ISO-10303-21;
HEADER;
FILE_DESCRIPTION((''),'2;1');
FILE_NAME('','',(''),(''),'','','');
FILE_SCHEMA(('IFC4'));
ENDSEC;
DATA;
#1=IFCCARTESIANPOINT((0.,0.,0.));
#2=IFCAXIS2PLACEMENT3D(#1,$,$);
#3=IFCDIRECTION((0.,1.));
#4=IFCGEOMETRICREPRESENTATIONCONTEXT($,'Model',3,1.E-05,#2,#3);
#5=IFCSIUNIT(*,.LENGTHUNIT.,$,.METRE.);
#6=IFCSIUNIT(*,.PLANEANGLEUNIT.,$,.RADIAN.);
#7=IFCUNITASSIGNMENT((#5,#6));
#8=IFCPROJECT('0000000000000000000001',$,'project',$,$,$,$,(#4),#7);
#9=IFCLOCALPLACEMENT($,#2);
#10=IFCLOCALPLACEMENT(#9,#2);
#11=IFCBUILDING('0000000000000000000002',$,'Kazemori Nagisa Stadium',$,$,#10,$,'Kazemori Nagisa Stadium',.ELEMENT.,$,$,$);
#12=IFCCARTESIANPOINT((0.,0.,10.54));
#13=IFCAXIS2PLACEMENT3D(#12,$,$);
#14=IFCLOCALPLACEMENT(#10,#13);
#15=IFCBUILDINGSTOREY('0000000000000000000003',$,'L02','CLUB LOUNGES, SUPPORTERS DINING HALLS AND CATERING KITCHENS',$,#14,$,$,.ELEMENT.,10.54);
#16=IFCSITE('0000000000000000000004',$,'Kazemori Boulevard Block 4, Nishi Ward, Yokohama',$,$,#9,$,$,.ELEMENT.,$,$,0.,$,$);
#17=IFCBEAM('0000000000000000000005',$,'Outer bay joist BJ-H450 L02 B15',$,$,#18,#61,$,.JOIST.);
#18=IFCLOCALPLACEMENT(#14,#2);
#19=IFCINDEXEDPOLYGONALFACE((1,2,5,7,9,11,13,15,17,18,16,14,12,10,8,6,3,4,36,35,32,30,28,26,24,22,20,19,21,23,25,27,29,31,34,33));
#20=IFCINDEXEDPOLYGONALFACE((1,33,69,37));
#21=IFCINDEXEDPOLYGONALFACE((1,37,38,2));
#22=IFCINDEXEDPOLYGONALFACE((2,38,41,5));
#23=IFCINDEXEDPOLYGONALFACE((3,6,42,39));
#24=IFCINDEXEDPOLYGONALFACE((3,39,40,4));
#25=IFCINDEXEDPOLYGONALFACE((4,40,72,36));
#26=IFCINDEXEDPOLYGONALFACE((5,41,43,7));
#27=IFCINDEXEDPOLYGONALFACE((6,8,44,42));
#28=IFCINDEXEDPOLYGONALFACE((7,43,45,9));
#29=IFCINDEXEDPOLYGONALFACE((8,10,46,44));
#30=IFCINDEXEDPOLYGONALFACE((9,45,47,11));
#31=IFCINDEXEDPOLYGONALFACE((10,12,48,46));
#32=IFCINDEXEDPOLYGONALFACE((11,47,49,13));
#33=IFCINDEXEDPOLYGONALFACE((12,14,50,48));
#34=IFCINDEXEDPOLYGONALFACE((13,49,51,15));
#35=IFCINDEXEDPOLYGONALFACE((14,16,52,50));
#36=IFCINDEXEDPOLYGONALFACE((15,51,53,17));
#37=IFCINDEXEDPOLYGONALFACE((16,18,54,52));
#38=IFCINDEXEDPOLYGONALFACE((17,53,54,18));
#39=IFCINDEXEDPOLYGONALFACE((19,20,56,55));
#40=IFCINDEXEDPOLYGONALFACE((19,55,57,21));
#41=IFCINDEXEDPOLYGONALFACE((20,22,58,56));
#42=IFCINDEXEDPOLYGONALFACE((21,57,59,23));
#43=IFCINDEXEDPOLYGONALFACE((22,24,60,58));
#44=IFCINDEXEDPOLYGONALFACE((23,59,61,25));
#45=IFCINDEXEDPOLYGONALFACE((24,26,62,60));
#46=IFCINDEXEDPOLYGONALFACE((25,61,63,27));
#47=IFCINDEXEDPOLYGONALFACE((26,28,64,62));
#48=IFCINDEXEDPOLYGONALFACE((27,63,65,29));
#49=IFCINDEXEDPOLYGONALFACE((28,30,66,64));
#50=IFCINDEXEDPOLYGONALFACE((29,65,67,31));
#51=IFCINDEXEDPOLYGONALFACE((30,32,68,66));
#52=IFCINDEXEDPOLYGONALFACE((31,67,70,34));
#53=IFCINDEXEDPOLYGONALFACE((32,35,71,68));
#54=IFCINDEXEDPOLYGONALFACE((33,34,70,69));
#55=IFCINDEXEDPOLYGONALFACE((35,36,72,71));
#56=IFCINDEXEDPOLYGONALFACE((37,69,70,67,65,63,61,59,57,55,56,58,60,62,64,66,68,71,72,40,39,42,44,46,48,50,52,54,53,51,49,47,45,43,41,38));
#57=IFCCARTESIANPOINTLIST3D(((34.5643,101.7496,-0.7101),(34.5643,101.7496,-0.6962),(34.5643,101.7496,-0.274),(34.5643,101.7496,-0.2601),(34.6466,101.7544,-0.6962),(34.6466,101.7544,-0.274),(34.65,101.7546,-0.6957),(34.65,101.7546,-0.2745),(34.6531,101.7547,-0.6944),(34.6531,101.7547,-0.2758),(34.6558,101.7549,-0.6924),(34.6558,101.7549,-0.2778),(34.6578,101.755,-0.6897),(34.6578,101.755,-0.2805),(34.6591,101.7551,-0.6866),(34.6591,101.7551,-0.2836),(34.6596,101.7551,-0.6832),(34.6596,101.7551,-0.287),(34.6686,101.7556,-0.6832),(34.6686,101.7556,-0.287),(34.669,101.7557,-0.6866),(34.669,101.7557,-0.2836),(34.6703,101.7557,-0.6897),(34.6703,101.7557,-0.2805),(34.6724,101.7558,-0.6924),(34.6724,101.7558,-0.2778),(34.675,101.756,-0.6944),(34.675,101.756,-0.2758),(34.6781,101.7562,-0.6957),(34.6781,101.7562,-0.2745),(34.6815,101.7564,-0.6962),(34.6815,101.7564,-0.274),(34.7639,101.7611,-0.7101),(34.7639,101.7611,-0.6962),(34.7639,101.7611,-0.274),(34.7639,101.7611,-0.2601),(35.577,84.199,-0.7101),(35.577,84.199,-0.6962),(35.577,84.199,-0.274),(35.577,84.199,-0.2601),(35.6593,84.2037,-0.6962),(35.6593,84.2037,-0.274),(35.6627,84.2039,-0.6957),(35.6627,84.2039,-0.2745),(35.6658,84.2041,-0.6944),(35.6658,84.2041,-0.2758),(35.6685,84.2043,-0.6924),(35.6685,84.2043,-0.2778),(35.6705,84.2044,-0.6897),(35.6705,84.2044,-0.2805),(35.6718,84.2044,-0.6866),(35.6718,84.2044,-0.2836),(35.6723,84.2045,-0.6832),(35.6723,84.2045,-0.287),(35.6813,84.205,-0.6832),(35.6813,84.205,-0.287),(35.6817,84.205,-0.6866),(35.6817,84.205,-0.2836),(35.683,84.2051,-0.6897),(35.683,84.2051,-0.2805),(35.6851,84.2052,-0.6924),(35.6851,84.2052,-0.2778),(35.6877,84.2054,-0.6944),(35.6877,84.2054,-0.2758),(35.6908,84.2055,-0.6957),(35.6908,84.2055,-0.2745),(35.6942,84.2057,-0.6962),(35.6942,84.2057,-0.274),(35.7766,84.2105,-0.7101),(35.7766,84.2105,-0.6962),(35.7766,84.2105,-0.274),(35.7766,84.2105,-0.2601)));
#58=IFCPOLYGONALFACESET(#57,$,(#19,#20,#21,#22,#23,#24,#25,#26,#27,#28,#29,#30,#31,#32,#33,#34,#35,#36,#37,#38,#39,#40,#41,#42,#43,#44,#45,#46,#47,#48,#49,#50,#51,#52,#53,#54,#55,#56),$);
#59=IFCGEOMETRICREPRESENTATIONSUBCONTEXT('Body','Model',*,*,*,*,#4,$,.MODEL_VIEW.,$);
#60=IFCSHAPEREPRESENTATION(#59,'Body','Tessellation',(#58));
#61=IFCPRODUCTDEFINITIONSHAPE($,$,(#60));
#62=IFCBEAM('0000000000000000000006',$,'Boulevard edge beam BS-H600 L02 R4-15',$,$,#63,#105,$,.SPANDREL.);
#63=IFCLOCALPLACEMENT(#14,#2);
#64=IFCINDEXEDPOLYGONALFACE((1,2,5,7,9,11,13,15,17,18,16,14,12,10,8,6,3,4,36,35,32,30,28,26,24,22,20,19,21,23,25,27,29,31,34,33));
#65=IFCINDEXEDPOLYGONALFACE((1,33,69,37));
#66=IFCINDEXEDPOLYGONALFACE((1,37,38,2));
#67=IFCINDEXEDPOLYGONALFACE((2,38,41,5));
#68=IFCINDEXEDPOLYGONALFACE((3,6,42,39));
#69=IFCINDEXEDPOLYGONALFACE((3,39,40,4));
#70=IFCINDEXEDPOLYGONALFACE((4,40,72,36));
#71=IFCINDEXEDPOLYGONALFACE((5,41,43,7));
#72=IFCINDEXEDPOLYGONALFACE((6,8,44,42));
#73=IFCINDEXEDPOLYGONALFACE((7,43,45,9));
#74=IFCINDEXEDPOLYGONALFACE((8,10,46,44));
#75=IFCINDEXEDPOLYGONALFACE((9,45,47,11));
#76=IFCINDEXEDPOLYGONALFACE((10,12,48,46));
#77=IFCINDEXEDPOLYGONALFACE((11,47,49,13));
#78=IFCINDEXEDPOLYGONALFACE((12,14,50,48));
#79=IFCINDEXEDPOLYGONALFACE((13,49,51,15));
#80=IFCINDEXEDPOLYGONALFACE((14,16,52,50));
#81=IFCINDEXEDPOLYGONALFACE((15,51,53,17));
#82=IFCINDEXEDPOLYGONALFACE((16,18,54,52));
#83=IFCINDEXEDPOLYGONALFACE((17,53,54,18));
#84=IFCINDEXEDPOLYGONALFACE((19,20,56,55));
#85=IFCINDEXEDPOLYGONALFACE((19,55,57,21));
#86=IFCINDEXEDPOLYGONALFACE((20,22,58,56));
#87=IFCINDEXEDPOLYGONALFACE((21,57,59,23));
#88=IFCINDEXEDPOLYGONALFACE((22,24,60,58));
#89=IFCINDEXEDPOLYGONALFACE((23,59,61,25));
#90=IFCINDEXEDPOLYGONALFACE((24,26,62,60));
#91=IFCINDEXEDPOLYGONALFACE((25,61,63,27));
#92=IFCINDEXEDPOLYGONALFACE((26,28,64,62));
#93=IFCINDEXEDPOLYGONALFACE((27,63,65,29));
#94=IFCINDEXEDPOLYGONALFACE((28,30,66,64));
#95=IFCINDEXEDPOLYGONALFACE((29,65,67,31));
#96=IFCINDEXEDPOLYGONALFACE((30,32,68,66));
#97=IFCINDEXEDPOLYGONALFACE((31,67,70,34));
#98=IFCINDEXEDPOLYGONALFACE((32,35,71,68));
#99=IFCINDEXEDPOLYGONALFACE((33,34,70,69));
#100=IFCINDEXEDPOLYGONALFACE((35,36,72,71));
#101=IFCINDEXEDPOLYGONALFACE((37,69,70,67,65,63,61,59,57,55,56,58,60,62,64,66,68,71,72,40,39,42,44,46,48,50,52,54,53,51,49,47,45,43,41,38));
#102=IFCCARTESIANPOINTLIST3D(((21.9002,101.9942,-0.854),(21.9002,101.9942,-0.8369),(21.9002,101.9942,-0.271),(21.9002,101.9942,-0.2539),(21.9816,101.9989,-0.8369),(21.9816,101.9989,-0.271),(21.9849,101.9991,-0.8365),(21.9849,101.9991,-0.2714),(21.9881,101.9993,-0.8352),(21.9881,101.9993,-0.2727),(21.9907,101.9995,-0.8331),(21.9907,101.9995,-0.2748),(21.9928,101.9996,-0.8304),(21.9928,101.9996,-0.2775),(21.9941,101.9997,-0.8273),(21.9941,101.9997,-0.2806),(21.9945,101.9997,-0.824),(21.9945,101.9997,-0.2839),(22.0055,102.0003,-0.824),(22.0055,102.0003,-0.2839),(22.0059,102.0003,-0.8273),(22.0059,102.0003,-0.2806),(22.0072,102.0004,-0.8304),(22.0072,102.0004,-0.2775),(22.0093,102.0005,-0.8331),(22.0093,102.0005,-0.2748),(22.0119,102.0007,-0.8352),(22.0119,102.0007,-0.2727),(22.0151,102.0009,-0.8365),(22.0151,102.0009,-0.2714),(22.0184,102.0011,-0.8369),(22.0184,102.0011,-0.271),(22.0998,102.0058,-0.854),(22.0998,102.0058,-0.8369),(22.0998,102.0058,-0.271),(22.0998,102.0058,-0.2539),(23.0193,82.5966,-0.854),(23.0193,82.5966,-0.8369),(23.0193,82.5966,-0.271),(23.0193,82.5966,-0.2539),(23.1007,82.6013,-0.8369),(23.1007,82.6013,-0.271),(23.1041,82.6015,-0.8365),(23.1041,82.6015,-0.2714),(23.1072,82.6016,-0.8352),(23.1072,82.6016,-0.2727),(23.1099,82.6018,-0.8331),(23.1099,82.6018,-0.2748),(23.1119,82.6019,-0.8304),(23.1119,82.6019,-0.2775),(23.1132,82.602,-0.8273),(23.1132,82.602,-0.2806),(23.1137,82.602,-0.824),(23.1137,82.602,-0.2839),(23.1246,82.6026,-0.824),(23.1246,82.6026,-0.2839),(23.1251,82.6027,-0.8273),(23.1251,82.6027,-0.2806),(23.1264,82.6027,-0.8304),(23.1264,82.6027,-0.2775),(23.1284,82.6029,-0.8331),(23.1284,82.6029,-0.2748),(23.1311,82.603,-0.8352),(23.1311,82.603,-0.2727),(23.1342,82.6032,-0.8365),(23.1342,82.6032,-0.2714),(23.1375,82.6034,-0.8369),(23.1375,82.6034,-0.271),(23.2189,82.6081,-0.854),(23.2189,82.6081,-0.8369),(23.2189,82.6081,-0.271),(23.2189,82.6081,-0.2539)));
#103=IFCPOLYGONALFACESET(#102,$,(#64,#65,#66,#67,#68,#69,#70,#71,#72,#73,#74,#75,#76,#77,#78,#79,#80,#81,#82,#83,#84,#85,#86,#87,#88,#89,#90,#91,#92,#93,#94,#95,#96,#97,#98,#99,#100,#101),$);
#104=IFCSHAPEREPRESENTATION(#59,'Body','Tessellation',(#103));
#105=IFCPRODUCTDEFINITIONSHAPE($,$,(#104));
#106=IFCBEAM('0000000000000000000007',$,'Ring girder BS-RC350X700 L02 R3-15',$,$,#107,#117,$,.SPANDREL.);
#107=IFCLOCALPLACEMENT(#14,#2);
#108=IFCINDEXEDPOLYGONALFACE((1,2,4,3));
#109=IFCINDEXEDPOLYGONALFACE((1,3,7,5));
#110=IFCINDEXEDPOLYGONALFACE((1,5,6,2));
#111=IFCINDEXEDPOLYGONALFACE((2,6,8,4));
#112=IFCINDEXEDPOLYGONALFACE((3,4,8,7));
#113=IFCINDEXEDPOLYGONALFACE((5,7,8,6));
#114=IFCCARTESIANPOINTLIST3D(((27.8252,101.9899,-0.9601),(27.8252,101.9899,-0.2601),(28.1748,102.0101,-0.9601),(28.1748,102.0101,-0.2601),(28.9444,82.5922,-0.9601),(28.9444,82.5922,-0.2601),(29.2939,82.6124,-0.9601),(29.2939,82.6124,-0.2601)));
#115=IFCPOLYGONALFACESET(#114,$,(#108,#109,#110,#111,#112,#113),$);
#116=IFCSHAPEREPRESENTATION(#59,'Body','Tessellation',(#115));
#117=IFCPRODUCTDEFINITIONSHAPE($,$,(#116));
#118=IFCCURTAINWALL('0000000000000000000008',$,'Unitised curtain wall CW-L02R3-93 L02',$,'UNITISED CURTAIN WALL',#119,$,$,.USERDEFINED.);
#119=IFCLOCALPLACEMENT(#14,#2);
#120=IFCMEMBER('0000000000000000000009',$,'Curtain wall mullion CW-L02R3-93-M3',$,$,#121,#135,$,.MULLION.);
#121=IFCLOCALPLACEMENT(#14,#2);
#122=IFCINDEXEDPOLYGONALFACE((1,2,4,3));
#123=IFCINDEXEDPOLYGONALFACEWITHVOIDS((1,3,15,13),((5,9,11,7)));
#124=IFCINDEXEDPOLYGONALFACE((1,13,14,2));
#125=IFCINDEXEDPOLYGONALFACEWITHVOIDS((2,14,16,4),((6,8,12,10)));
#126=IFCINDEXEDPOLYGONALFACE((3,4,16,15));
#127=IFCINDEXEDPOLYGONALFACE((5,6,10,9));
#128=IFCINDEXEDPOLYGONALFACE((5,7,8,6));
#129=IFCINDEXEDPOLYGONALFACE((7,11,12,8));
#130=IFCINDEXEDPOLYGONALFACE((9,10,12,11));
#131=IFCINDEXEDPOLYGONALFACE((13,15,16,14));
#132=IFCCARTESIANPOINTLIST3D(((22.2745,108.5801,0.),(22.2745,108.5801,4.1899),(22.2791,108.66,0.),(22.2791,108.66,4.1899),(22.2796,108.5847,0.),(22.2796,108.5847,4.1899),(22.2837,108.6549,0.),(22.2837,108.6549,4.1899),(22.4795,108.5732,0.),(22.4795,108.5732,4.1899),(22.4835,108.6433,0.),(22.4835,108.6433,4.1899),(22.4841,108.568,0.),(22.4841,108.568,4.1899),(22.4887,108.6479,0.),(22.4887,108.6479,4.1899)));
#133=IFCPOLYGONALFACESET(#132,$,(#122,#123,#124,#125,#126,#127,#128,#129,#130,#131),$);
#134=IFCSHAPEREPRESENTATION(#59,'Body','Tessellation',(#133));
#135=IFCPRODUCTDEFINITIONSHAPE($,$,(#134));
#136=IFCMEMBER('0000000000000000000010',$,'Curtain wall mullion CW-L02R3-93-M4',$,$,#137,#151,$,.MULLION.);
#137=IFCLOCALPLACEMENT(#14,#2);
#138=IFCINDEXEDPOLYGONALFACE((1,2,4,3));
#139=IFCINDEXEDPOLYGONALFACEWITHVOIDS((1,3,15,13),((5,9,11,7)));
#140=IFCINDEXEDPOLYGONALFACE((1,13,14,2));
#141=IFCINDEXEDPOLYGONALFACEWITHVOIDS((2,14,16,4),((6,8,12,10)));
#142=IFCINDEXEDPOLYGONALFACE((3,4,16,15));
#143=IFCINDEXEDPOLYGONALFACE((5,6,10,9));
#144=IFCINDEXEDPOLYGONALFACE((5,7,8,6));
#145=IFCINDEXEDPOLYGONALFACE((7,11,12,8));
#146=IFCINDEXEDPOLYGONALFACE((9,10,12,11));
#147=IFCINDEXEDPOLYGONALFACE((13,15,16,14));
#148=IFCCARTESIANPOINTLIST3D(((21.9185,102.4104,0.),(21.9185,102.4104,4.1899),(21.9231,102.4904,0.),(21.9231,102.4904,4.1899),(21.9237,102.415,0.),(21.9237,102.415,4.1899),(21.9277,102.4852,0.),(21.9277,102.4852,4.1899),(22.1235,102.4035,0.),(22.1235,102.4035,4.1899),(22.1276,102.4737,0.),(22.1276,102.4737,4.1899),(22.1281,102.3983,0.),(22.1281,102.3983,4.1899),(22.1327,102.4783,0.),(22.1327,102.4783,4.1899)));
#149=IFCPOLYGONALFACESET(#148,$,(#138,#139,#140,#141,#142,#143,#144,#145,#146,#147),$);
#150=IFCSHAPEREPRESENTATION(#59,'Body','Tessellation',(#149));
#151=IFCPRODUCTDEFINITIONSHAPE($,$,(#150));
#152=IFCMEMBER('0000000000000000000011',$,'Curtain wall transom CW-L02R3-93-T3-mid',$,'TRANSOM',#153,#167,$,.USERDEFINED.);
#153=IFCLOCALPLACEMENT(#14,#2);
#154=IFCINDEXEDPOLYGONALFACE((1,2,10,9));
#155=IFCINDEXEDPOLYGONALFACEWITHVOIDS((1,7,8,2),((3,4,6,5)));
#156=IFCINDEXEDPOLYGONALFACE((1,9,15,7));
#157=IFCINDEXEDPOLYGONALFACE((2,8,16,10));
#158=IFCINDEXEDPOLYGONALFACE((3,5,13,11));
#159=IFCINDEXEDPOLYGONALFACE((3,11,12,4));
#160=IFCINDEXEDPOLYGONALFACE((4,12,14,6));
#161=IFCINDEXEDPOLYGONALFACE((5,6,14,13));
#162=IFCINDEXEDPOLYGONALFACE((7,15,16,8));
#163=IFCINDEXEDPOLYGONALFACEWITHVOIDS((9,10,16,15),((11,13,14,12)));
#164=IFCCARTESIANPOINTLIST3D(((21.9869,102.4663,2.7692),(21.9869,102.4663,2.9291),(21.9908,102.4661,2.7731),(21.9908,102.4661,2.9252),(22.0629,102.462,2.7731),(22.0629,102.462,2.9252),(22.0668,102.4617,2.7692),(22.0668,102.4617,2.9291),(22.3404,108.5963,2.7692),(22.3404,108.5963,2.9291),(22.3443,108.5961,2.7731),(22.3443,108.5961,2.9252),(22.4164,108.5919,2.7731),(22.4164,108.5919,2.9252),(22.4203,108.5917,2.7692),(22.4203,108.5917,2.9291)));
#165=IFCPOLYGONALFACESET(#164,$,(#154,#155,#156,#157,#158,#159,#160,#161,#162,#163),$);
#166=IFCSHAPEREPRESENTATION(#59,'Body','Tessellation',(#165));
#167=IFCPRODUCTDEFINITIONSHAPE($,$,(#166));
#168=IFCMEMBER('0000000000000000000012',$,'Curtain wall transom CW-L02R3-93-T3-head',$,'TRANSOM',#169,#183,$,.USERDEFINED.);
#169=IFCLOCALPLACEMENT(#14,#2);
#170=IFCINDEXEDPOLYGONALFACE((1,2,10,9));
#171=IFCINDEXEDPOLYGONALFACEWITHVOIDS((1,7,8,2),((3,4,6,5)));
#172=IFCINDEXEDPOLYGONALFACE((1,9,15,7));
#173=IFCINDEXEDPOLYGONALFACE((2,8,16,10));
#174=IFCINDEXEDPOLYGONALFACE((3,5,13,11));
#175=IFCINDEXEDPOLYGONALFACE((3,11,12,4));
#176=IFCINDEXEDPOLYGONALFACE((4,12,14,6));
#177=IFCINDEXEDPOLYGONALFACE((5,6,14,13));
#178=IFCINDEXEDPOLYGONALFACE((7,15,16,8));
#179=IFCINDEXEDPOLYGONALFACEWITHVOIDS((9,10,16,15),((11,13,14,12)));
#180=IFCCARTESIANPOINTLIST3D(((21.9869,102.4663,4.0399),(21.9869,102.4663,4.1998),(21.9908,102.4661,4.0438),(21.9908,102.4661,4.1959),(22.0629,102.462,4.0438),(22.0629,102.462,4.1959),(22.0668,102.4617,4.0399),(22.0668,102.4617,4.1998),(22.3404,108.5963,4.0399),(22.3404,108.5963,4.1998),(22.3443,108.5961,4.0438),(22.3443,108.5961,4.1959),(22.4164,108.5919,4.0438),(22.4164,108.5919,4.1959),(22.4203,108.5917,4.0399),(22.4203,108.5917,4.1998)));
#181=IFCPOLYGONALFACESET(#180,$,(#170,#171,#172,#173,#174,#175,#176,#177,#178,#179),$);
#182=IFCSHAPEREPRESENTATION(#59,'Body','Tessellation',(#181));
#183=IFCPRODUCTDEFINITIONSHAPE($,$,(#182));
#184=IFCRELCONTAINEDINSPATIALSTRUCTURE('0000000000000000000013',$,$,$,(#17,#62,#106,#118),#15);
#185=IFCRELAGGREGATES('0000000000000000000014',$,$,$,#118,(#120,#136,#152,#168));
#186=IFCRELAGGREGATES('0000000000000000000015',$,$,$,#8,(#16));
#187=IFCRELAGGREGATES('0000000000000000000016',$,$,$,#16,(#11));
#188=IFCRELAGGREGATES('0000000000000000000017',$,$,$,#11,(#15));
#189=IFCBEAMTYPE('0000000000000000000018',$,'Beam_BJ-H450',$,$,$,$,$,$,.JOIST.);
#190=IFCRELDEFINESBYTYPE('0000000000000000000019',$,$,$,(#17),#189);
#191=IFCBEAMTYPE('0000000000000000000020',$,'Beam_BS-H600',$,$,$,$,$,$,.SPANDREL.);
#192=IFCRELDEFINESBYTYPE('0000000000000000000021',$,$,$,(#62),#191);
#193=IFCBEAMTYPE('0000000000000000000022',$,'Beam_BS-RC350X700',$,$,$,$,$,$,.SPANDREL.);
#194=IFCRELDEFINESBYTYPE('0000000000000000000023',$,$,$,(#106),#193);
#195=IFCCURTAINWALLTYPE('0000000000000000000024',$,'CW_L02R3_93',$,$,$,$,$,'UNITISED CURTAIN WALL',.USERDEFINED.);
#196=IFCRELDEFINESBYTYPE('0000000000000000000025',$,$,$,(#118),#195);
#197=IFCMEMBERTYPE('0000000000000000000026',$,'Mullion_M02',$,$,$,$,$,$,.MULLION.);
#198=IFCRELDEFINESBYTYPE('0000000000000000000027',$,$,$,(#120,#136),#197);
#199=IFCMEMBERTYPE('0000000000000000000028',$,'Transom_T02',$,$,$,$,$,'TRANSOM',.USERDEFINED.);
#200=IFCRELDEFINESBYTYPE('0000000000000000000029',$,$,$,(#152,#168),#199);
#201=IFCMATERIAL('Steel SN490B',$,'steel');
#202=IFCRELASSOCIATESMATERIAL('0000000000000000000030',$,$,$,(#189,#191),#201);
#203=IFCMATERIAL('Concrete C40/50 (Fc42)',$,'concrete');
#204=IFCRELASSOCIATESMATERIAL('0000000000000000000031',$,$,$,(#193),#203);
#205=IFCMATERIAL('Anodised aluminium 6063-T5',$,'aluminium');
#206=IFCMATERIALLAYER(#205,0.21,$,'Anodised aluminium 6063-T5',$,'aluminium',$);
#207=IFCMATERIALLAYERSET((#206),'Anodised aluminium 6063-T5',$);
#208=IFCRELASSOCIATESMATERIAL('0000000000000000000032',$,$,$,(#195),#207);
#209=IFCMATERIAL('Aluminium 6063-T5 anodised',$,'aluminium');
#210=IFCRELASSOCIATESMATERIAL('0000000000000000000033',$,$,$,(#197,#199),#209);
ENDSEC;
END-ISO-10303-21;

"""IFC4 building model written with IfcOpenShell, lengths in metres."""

from ifc_helpers import new_model, si_unit, direction, frame, origin, origin_2d, place, context, subcontext, project, spatial, rectangle, hollow_rectangle, i_section, extrude, material, layer, layer_set, material_profile, profile_set, type_object, element, aggregate, save


model = new_model("IFC4")

# Units and contexts
model_context = context("Model", 3, precision=1e-05, world=origin(), true_north=direction((0.0, 1.0)))
body_context = subcontext(model_context, "Body", "Model", "MODEL_VIEW")
ifc_project = project(units=[si_unit("LENGTHUNIT", "METRE"), si_unit("PLANEANGLEUNIT", "RADIAN")], contexts=[model_context])

# Site, building, storey
site_placement = place(None, origin())
site = spatial("IfcSite", under=ifc_project, at=site_placement, Name="Kazemori Boulevard Block 4, Nishi Ward, Yokohama", CompositionType="ELEMENT", RefElevation=0.0)
building_placement = place(site_placement, origin())
building = spatial("IfcBuilding", under=site, at=building_placement, Name="Kazemori Nagisa Stadium", LongName="Kazemori Nagisa Stadium", CompositionType="ELEMENT")
storey_placement = place(building_placement, frame((0.0, 0.0, 10.54)))
storey = spatial("IfcBuildingStorey", under=building, at=storey_placement, Name="L02", Description="CLUB LOUNGES, SUPPORTERS DINING HALLS AND CATERING KITCHENS", CompositionType="ELEMENT", Elevation=10.54)

# Shared definitions
ifc_material_1 = material(Name="Concrete C40/50 (Fc42)", Category="concrete")

# Beams
ifc_material_2 = material(Name="Steel SN490B", Category="steel")
ifc_material_profile_1 = material_profile(ifc_material_2, i_section(OverallWidth=0.2, OverallDepth=0.45, WebThickness=0.009, FlangeThickness=0.0139, FilletRadius=0.0129, at=origin_2d()), Name="H-450x200x9x14")
ifc_profile_set_1 = profile_set([ifc_material_profile_1], Name="Steel SN490B")
beam_type_1 = type_object("IfcBeamType", Name="Beam_BJ-H450", PredefinedType="JOIST", material=ifc_profile_set_1)
beam_1_placement = place(storey_placement, frame((34.6641, 101.7554, -0.4851), z_axis=(0.057606, -0.998339, 0.0), x_axis=(0.998339, 0.057606, 0.0)))
element("IfcBeam", 1, at=beam_1_placement, inside=storey, type_object=beam_type_1, Name="Outer bay joist BJ-H450 L02 B15", PredefinedType="JOIST", context=body_context, shape_type="SweptSolid", body=[
    extrude(i_section(OverallWidth=0.2, OverallDepth=0.45, WebThickness=0.009, FlangeThickness=0.0139, FilletRadius=0.0129, at=origin_2d()), origin(), (0.0, 0.0, 1.0), 17.5798),
])
ifc_material_profile_2 = material_profile(ifc_material_2, i_section(OverallWidth=0.2, OverallDepth=0.6001, WebThickness=0.011, FlangeThickness=0.0171, FilletRadius=0.0129, at=origin_2d()), Name="H-600x200x11x17")
ifc_profile_set_2 = profile_set([ifc_material_profile_2], Name="Steel SN490B")
beam_type_2 = type_object("IfcBeamType", Name="Beam_BS-H600", PredefinedType="SPANDREL", material=ifc_profile_set_2)
beam_2_placement = place(storey_placement, frame((22.0, 102.0, -0.554), z_axis=(0.057599, -0.99834, 0.0), x_axis=(0.99834, 0.057599, 0.0)))
element("IfcBeam", 2, at=beam_2_placement, inside=storey, type_object=beam_type_2, Name="Boulevard edge beam BS-H600 L02 R4-15", PredefinedType="SPANDREL", context=body_context, shape_type="SweptSolid", body=[
    extrude(i_section(OverallWidth=0.2, OverallDepth=0.6001, WebThickness=0.011, FlangeThickness=0.0171, FilletRadius=0.0129, at=origin_2d()), origin(), (0.0, 0.0, 1.0), 19.4299),
])
ifc_material_profile_3 = material_profile(ifc_material_1, rectangle(XDim=0.3501, YDim=0.7, at=origin_2d()), Name="RC-SP-350x700")
ifc_profile_set_3 = profile_set([ifc_material_profile_3], Name="Concrete C40/50 (Fc42)")
beam_type_3 = type_object("IfcBeamType", Name="Beam_BS-RC350X700", PredefinedType="SPANDREL", material=ifc_profile_set_3)
beam_3_placement = place(storey_placement, frame((28.0, 102.0, -0.6101), z_axis=(0.057599, -0.99834, 0.0), x_axis=(0.99834, 0.057599, 0.0)))
element("IfcBeam", 3, at=beam_3_placement, inside=storey, type_object=beam_type_3, Name="Ring girder BS-RC350X700 L02 R3-15", PredefinedType="SPANDREL", context=body_context, shape_type="SweptSolid", body=[
    extrude(rectangle(XDim=0.3501, YDim=0.7, at=origin_2d()), origin(), (0.0, 0.0, 1.0), 19.4299),
])

# Curtain wall, members
ifc_material_3 = material(Name="Anodised aluminium 6063-T5", Category="aluminium")
ifc_layer_1 = layer(ifc_material_3, 0.21, Name="Anodised aluminium 6063-T5", Category="aluminium")
ifc_layer_set_1 = layer_set([ifc_layer_1], Name="Anodised aluminium 6063-T5")
curtain_wall_type = type_object("IfcCurtainWallType", Name="CW_L02R3_93", ElementType="UNITISED CURTAIN WALL", PredefinedType="USERDEFINED", material=ifc_layer_set_1)
curtain_wall_placement = place(storey_placement, origin())
curtain_wall = element("IfcCurtainWall", 4, at=curtain_wall_placement, inside=storey, type_object=curtain_wall_type, Name="Unitised curtain wall CW-L02R3-93 L02", ObjectType="UNITISED CURTAIN WALL", PredefinedType="USERDEFINED")
ifc_material_4 = material(Name="Aluminium 6063-T5 anodised", Category="aluminium")
ifc_material_profile_4 = material_profile(ifc_material_4, hollow_rectangle(XDim=0.0801, YDim=0.21, WallThickness=0.0049, at=origin_2d()), Name="ALU-MULL-80x210x5")
ifc_profile_set_4 = profile_set([ifc_material_profile_4], Name="Aluminium 6063-T5 anodised")
member_type_1 = type_object("IfcMemberType", Name="Mullion_M02", PredefinedType="MULLION", material=ifc_profile_set_4)
member_1_placement = place(storey_placement, frame((22.3816, 108.614, 0.0), z_axis=(0.0, 0.0, 1.0), x_axis=(-0.057602, -0.99834, 0.0)))
member_1 = element("IfcMember", 5, at=member_1_placement, type_object=member_type_1, Name="Curtain wall mullion CW-L02R3-93-M3", PredefinedType="MULLION", context=body_context, shape_type="SweptSolid", body=[
    extrude(hollow_rectangle(XDim=0.0801, YDim=0.21, WallThickness=0.0049, at=origin_2d()), origin(), (0.0, 0.0, 1.0), 4.1899),
])
member_2_placement = place(storey_placement, frame((22.0256, 102.4443, 0.0), z_axis=(0.0, 0.0, 1.0), x_axis=(-0.057602, -0.99834, 0.0)))
member_2 = element("IfcMember", 6, at=member_2_placement, type_object=member_type_1, Name="Curtain wall mullion CW-L02R3-93-M4", PredefinedType="MULLION", context=body_context, shape_type="SweptSolid", body=[
    extrude(hollow_rectangle(XDim=0.0801, YDim=0.21, WallThickness=0.0049, at=origin_2d()), origin(), (0.0, 0.0, 1.0), 4.1899),
])
ifc_material_profile_5 = material_profile(ifc_material_4, hollow_rectangle(XDim=0.0801, YDim=0.1599, WallThickness=0.0039, at=origin_2d()), Name="ALU-TRAN-80x160x4")
ifc_profile_set_5 = profile_set([ifc_material_profile_5], Name="Aluminium 6063-T5 anodised")
member_type_2 = type_object("IfcMemberType", Name="Transom_T02", ElementType="TRANSOM", PredefinedType="USERDEFINED", material=ifc_profile_set_5)
member_3_placement = place(storey_placement, frame((22.3804, 108.594, 2.8491), z_axis=(-0.057575, -0.998341, 0.0), x_axis=(0.998341, -0.057575, 0.0)))
member_3 = element("IfcMember", 7, at=member_3_placement, type_object=member_type_2, Name="Curtain wall transom CW-L02R3-93-T3-mid", ObjectType="TRANSOM", PredefinedType="USERDEFINED", context=body_context, shape_type="SweptSolid", body=[
    extrude(hollow_rectangle(XDim=0.0801, YDim=0.1599, WallThickness=0.0039, at=origin_2d()), origin(), (0.0, 0.0, 1.0), 6.1401),
])
member_4_placement = place(storey_placement, frame((22.3804, 108.594, 4.1199), z_axis=(-0.057575, -0.998341, 0.0), x_axis=(0.998341, -0.057575, 0.0)))
member_4 = element("IfcMember", 8, at=member_4_placement, type_object=member_type_2, Name="Curtain wall transom CW-L02R3-93-T3-head", ObjectType="TRANSOM", PredefinedType="USERDEFINED", context=body_context, shape_type="SweptSolid", body=[
    extrude(hollow_rectangle(XDim=0.0801, YDim=0.1599, WallThickness=0.0039, at=origin_2d()), origin(), (0.0, 0.0, 1.0), 6.1401),
])
aggregate(curtain_wall, [member_1, member_2, member_3, member_4])

save(model, "model.ifc")
